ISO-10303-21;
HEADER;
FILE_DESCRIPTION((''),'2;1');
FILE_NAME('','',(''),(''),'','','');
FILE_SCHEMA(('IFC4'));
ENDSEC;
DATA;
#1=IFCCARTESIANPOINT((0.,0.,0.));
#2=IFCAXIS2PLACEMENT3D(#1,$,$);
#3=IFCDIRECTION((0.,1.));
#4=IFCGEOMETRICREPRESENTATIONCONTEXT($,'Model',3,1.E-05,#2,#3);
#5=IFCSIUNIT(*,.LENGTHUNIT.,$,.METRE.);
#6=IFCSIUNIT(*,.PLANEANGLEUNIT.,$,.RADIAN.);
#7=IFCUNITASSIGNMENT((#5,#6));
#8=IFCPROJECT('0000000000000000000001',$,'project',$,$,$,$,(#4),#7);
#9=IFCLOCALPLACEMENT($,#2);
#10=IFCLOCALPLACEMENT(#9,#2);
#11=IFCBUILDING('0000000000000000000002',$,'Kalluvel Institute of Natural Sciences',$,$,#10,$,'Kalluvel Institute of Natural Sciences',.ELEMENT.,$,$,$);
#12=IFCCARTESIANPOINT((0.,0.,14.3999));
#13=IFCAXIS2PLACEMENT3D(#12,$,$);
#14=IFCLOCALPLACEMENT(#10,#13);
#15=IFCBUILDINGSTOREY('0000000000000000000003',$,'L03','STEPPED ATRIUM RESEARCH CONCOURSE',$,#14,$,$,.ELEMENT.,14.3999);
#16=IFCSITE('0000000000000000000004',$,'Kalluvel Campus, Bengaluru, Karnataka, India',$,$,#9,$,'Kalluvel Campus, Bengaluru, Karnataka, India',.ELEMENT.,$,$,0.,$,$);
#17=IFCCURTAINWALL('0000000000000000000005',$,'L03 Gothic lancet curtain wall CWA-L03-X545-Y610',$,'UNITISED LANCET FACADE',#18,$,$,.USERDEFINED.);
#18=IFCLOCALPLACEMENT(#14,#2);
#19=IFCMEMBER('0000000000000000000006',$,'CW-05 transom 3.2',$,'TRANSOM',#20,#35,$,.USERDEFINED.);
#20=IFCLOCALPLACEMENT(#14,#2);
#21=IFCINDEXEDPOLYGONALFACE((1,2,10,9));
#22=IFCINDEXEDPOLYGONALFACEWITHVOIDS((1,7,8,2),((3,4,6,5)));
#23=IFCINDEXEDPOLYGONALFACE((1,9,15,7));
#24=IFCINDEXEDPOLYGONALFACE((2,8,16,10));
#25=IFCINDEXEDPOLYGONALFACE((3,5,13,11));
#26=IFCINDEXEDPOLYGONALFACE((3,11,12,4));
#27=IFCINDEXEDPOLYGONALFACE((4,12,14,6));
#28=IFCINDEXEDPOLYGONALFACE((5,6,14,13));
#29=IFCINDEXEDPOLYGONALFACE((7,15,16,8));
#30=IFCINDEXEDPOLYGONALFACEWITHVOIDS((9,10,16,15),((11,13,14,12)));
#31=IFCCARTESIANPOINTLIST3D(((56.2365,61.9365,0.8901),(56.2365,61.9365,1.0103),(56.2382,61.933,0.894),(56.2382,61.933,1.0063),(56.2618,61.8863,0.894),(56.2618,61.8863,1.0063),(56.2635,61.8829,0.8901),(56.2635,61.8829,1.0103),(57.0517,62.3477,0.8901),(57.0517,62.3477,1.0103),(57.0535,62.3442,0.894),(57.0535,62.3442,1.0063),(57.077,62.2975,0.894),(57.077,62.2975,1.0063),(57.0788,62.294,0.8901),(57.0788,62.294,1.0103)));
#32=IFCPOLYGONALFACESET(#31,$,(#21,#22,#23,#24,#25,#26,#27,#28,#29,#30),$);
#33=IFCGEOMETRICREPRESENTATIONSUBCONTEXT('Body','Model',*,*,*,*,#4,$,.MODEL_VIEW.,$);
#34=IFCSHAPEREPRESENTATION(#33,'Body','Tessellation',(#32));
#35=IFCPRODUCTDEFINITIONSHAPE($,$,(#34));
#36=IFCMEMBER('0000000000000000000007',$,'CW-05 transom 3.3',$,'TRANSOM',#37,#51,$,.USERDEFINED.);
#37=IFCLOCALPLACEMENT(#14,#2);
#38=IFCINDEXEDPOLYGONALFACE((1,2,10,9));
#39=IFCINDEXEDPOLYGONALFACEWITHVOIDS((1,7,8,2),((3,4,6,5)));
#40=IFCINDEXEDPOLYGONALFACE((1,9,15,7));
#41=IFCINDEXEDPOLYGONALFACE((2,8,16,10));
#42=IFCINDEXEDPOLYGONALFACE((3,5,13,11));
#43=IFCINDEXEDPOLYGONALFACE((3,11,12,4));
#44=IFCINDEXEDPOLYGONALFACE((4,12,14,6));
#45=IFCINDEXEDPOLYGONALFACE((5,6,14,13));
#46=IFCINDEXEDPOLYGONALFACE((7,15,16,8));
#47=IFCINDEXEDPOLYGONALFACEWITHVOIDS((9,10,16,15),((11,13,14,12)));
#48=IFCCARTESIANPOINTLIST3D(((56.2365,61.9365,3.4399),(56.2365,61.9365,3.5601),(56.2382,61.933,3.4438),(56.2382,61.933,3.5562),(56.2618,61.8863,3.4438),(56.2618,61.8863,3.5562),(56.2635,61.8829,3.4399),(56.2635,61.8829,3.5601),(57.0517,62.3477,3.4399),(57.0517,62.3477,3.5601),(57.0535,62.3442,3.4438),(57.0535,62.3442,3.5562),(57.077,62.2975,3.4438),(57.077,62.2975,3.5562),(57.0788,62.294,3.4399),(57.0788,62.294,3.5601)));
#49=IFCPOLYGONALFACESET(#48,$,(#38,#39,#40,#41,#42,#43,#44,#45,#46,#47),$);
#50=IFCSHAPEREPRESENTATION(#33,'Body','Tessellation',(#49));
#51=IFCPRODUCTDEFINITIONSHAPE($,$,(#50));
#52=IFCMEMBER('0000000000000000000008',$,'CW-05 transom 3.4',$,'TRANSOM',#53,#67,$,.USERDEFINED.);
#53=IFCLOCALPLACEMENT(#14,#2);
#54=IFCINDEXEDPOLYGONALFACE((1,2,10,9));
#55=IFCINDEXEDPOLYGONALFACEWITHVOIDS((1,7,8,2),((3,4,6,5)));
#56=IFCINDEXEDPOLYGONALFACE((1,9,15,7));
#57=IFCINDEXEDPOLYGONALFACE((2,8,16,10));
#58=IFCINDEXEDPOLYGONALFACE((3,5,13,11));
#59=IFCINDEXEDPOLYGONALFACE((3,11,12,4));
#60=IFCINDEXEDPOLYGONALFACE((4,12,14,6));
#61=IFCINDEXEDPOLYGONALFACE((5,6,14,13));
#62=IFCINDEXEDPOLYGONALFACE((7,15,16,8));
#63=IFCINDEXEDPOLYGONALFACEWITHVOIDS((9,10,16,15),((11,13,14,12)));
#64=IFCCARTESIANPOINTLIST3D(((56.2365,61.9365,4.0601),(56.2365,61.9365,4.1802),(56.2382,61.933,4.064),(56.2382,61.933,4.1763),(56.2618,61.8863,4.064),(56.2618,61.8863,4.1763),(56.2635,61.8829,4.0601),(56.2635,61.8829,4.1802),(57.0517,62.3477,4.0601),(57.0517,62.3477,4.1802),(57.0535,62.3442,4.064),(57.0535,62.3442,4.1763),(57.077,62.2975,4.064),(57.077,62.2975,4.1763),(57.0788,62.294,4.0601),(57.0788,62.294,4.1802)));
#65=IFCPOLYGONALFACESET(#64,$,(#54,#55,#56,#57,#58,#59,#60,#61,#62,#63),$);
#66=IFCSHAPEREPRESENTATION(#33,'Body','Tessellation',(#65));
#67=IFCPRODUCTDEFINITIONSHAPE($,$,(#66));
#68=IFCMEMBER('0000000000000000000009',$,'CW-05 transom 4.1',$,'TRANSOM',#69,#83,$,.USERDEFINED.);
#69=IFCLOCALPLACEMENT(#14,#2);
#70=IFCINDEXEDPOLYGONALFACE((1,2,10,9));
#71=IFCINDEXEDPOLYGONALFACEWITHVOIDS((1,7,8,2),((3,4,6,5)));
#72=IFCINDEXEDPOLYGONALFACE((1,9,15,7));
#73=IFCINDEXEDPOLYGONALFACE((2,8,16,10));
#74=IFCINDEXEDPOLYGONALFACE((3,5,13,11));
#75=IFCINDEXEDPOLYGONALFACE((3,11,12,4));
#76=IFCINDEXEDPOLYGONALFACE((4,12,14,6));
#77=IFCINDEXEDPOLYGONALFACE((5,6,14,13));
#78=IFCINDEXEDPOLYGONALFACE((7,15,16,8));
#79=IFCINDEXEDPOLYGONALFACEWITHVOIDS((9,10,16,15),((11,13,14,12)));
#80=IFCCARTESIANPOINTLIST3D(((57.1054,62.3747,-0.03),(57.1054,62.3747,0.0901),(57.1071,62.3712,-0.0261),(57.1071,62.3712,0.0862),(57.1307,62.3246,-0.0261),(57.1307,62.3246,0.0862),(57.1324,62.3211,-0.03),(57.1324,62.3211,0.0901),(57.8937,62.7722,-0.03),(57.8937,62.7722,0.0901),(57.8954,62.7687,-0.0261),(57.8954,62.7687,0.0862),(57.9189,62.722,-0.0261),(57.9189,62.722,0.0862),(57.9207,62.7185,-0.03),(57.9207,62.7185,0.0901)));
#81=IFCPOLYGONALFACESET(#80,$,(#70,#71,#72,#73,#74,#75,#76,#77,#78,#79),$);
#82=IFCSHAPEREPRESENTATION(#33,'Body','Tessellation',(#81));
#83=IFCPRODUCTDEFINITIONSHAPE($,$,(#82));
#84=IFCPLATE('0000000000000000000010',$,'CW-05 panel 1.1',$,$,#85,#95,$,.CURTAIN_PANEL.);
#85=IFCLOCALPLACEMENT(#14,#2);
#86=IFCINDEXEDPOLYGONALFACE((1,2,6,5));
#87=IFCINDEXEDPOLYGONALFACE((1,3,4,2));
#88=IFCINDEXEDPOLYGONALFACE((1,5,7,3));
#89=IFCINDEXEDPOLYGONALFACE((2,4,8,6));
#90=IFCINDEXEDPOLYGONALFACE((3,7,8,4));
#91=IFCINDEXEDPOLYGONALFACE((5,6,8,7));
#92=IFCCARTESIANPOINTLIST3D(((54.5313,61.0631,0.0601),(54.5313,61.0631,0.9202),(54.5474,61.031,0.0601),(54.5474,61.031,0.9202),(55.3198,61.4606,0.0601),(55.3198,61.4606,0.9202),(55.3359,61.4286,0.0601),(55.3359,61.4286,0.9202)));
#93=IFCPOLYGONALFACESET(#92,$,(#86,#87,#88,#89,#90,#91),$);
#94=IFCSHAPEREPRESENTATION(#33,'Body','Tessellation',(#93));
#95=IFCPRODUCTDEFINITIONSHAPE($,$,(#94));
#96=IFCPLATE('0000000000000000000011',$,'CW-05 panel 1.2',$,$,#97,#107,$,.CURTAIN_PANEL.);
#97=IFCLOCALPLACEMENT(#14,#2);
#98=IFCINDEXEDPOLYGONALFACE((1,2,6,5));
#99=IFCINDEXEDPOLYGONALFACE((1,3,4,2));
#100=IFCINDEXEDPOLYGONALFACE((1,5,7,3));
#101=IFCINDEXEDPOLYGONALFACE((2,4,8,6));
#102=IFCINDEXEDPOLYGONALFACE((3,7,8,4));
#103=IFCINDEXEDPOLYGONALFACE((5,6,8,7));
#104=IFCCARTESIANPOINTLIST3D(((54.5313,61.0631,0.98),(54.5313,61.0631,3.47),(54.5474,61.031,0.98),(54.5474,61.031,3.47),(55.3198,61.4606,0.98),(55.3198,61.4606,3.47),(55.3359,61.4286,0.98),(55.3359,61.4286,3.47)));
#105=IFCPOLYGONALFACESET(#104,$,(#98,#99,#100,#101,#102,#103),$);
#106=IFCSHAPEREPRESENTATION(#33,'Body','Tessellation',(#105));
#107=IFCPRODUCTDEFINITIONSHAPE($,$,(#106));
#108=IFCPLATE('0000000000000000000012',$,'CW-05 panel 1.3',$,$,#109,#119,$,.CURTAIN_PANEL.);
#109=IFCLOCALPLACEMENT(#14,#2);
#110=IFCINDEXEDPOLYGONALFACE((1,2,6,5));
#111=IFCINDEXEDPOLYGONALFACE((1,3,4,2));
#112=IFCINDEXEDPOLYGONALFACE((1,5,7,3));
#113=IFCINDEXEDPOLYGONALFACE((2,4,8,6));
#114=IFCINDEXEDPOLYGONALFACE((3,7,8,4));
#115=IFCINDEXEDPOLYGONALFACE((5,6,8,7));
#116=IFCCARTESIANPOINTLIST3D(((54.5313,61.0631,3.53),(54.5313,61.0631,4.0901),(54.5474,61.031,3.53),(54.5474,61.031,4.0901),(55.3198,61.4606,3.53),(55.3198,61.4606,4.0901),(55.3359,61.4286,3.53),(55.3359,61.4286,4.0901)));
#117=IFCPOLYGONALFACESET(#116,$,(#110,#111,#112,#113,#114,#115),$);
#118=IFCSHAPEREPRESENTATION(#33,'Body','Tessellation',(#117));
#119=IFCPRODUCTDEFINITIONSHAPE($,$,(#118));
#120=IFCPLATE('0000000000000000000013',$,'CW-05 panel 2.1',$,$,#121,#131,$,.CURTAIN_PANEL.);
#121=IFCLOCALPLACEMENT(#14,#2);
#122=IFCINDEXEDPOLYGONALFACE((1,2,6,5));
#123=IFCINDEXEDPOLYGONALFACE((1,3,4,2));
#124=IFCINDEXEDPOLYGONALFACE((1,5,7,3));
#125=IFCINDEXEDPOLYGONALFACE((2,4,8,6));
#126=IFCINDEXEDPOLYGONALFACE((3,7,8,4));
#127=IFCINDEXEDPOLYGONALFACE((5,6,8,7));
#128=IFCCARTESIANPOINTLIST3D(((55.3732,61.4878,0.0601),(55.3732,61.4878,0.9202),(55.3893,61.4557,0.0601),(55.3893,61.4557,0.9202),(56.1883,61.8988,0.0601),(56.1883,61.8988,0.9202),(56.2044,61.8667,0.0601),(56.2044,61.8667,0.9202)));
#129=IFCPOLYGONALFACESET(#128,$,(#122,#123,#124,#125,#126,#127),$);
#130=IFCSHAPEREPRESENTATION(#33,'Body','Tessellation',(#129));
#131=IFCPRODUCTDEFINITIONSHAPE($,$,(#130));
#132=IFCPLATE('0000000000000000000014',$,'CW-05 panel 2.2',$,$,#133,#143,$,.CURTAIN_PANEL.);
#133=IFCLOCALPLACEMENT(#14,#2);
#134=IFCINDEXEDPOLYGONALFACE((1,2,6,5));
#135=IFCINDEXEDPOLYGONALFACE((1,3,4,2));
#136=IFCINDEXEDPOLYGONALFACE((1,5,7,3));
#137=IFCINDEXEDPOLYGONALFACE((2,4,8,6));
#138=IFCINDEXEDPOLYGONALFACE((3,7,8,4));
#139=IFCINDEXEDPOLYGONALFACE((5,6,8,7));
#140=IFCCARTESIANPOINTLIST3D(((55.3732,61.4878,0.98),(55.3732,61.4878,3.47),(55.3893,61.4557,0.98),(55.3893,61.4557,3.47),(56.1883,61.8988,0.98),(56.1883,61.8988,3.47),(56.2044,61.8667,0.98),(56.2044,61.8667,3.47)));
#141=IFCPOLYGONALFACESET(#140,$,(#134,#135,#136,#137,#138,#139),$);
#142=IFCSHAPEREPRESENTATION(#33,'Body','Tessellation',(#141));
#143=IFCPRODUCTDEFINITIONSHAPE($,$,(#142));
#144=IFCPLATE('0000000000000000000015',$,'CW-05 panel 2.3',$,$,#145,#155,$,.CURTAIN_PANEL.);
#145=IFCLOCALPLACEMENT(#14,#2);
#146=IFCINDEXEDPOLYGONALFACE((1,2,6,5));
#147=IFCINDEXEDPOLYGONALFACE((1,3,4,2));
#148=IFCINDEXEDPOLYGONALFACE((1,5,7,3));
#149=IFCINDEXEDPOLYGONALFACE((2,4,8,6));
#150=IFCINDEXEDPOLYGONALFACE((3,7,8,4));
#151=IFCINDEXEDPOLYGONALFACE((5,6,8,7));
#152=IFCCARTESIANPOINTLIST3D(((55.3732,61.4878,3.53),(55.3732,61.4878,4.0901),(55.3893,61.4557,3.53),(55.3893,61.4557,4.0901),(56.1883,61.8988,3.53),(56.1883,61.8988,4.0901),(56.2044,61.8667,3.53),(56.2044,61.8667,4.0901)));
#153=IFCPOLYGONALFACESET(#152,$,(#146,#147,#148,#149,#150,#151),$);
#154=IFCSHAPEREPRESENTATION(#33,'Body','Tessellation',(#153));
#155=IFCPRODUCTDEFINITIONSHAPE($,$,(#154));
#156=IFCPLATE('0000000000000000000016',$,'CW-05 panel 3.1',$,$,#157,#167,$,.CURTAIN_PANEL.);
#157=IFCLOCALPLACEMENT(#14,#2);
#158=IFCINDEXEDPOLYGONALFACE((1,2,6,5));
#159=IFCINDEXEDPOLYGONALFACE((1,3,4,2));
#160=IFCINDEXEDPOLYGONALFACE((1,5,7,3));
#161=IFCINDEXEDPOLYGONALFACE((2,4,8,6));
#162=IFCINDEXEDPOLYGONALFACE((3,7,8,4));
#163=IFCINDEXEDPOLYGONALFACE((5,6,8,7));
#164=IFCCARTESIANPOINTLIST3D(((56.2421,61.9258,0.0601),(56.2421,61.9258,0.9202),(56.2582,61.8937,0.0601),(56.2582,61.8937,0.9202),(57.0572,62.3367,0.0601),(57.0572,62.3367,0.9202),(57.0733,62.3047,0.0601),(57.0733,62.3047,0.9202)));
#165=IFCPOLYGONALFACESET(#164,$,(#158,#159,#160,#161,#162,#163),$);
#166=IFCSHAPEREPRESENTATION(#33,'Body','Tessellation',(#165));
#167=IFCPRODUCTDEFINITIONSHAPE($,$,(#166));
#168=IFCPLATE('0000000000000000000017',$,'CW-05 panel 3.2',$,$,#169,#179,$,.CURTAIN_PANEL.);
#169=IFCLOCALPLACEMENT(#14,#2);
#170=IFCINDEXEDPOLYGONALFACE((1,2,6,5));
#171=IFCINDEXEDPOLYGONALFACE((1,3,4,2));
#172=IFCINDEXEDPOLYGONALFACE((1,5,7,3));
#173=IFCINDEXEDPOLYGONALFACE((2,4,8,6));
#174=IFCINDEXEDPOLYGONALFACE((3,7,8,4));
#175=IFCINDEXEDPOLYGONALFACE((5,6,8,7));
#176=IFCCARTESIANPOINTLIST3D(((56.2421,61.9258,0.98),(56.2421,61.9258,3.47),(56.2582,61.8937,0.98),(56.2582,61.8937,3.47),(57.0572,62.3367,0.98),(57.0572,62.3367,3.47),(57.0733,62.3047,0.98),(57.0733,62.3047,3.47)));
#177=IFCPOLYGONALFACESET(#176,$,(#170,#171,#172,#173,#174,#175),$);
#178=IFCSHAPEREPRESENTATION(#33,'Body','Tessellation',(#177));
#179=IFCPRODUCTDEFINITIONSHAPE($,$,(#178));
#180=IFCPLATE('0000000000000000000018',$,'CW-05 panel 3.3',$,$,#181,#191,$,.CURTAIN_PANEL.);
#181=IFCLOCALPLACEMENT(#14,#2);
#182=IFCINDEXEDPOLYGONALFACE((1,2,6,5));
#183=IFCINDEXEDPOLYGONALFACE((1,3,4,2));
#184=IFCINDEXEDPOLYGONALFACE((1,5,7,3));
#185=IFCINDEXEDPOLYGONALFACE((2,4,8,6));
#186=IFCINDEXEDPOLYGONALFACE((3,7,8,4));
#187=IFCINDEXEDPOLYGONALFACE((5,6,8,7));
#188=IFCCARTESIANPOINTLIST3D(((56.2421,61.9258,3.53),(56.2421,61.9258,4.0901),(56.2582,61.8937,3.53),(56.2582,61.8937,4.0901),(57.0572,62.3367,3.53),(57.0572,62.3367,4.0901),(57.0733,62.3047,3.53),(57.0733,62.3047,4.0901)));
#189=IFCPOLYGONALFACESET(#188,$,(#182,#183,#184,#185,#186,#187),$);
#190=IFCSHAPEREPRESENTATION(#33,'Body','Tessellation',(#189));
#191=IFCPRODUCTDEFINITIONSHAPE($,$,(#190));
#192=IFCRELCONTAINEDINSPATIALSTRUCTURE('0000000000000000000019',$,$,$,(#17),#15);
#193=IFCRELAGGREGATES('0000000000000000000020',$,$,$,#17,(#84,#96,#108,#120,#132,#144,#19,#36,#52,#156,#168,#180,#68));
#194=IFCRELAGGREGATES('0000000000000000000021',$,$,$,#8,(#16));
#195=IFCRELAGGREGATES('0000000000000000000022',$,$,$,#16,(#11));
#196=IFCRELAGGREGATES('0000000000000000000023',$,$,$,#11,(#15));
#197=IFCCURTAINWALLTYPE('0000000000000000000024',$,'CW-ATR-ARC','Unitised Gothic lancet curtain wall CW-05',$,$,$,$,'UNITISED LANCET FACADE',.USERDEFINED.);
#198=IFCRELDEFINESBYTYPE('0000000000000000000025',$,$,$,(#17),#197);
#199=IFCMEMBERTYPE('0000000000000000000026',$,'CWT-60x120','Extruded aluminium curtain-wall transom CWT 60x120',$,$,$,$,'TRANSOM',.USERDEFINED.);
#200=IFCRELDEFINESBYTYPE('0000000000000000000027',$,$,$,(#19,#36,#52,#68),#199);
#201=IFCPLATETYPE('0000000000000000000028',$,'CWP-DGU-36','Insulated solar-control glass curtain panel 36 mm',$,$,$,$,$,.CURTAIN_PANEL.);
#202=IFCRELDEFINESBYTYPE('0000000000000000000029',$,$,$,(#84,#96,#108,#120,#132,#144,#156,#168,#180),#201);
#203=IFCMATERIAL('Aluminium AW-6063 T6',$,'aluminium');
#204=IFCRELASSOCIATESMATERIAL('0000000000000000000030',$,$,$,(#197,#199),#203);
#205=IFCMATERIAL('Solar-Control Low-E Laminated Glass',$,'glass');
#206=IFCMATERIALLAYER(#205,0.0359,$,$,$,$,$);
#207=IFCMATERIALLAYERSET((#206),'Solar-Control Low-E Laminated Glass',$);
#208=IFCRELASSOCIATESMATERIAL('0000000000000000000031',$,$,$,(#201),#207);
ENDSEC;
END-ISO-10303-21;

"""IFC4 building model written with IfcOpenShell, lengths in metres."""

from ifc_helpers import new_model, si_unit, direction, frame, origin, origin_2d, place, context, subcontext, project, spatial, rectangle, hollow_rectangle, extrude, material, layer, layer_set, material_profile, profile_set, type_object, element, aggregate, save


model = new_model("IFC4")

# Units and contexts
model_context = context("Model", 3, precision=1e-05, world=origin(), true_north=direction((0.0, 1.0)))
body_context = subcontext(model_context, "Body", "Model", "MODEL_VIEW")
ifc_project = project(units=[si_unit("LENGTHUNIT", "METRE"), si_unit("PLANEANGLEUNIT", "RADIAN")], contexts=[model_context])

# Site, building, storey
site_placement = place(None, origin())
site = spatial("IfcSite", under=ifc_project, at=site_placement, Name="Kalluvel Campus, Bengaluru, Karnataka, India", LongName="Kalluvel Campus, Bengaluru, Karnataka, India", CompositionType="ELEMENT", RefElevation=0.0)
building_placement = place(site_placement, origin())
building = spatial("IfcBuilding", under=site, at=building_placement, Name="Kalluvel Institute of Natural Sciences", LongName="Kalluvel Institute of Natural Sciences", CompositionType="ELEMENT")
storey_placement = place(building_placement, frame((0.0, 0.0, 14.3999)))
storey = spatial("IfcBuildingStorey", under=building, at=storey_placement, Name="L03", Description="STEPPED ATRIUM RESEARCH CONCOURSE", CompositionType="ELEMENT", Elevation=14.3999)

# Curtain wall, members, plates
ifc_material_1 = material(Name="Aluminium AW-6063 T6", Category="aluminium")
curtain_wall_type = type_object("IfcCurtainWallType", Name="CW-ATR-ARC", Description="Unitised Gothic lancet curtain wall CW-05", ElementType="UNITISED LANCET FACADE", PredefinedType="USERDEFINED", material=ifc_material_1)
curtain_wall_placement = place(storey_placement, origin())
curtain_wall = element("IfcCurtainWall", 1, at=curtain_wall_placement, inside=storey, type_object=curtain_wall_type, Name="L03 Gothic lancet curtain wall CWA-L03-X545-Y610", ObjectType="UNITISED LANCET FACADE", PredefinedType="USERDEFINED")
ifc_material_profile_1 = material_profile(ifc_material_1, hollow_rectangle(XDim=0.0601, YDim=0.1201, WallThickness=0.0039, at=origin_2d()), Name="CWT 60x120")
ifc_profile_set_1 = profile_set([ifc_material_profile_1], Name="Aluminium AW-6063 T6")
member_type_1 = type_object("IfcMemberType", Name="CWT-60x120", Description="Extruded aluminium curtain-wall transom CWT 60x120", ElementType="TRANSOM", PredefinedType="USERDEFINED", material=ifc_profile_set_1)
member_1_placement = place(storey_placement, frame((56.25, 61.9097, 0.9502), z_axis=(0.892871, 0.450313, 0.0), x_axis=(-0.450313, 0.892871, 0.0)))
member_1 = element("IfcMember", 2, at=member_1_placement, type_object=member_type_1, Name="CW-05 transom 3.2", ObjectType="TRANSOM", PredefinedType="USERDEFINED", context=body_context, shape_type="SweptSolid", body=[
    extrude(hollow_rectangle(XDim=0.0601, YDim=0.1201, WallThickness=0.0039, at=origin_2d()), origin(), (0.0, 0.0, 1.0), 0.9131),
])
member_2_placement = place(storey_placement, frame((56.25, 61.9097, 3.5), z_axis=(0.892871, 0.450313, 0.0), x_axis=(-0.450313, 0.892871, 0.0)))
member_2 = element("IfcMember", 3, at=member_2_placement, type_object=member_type_1, Name="CW-05 transom 3.3", ObjectType="TRANSOM", PredefinedType="USERDEFINED", context=body_context, shape_type="SweptSolid", body=[
    extrude(hollow_rectangle(XDim=0.0601, YDim=0.1201, WallThickness=0.0039, at=origin_2d()), origin(), (0.0, 0.0, 1.0), 0.9131),
])
member_3_placement = place(storey_placement, frame((56.25, 61.9097, 4.1201), z_axis=(0.892871, 0.450313, 0.0), x_axis=(-0.450313, 0.892871, 0.0)))
member_3 = element("IfcMember", 4, at=member_3_placement, type_object=member_type_1, Name="CW-05 transom 3.4", ObjectType="TRANSOM", PredefinedType="USERDEFINED", context=body_context, shape_type="SweptSolid", body=[
    extrude(hollow_rectangle(XDim=0.0601, YDim=0.1201, WallThickness=0.0039, at=origin_2d()), origin(), (0.0, 0.0, 1.0), 0.9131),
])
member_4_placement = place(storey_placement, frame((57.1189, 62.3479, 0.03), z_axis=(0.892929, 0.450198, 0.0), x_axis=(-0.450198, 0.892929, 0.0)))
member_4 = element("IfcMember", 5, at=member_4_placement, type_object=member_type_1, Name="CW-05 transom 4.1", ObjectType="TRANSOM", PredefinedType="USERDEFINED", context=body_context, shape_type="SweptSolid", body=[
    extrude(hollow_rectangle(XDim=0.0601, YDim=0.1201, WallThickness=0.0039, at=origin_2d()), origin(), (0.0, 0.0, 1.0), 0.8828),
])
ifc_material_2 = material(Name="Solar-Control Low-E Laminated Glass", Category="glass")
ifc_layer_1 = layer(ifc_material_2, 0.0359)
ifc_layer_set_1 = layer_set([ifc_layer_1], Name="Solar-Control Low-E Laminated Glass")
plate_type = type_object("IfcPlateType", Name="CWP-DGU-36", Description="Insulated solar-control glass curtain panel 36 mm", PredefinedType="CURTAIN_PANEL", material=ifc_layer_set_1)
plate_1_placement = place(storey_placement, frame((54.9336, 61.2458, 0.0601), z_axis=(0.0, 0.0, 1.0), x_axis=(0.892927, 0.450202, 0.0)))
plate_1 = element("IfcPlate", 6, at=plate_1_placement, type_object=plate_type, Name="CW-05 panel 1.1", PredefinedType="CURTAIN_PANEL", context=body_context, shape_type="SweptSolid", body=[
    extrude(rectangle(XDim=0.8831, YDim=0.0359, at=origin_2d()), origin(), (0.0, 0.0, 1.0), 0.8601),
])
plate_2_placement = place(storey_placement, frame((54.9336, 61.2458, 0.98), z_axis=(0.0, 0.0, 1.0), x_axis=(0.892927, 0.450202, 0.0)))
plate_2 = element("IfcPlate", 7, at=plate_2_placement, type_object=plate_type, Name="CW-05 panel 1.2", PredefinedType="CURTAIN_PANEL", context=body_context, shape_type="SweptSolid", body=[
    extrude(rectangle(XDim=0.8831, YDim=0.0359, at=origin_2d()), origin(), (0.0, 0.0, 1.0), 2.49),
])
plate_3_placement = place(storey_placement, frame((54.9336, 61.2458, 3.53), z_axis=(0.0, 0.0, 1.0), x_axis=(0.892927, 0.450202, 0.0)))
plate_3 = element("IfcPlate", 8, at=plate_3_placement, type_object=plate_type, Name="CW-05 panel 1.3", PredefinedType="CURTAIN_PANEL", context=body_context, shape_type="SweptSolid", body=[
    extrude(rectangle(XDim=0.8831, YDim=0.0359, at=origin_2d()), origin(), (0.0, 0.0, 1.0), 0.5601),
])
plate_4_placement = place(storey_placement, frame((55.7888, 61.6772, 0.0601), z_axis=(0.0, 0.0, 1.0), x_axis=(0.892927, 0.450202, 0.0)))
plate_4 = element("IfcPlate", 9, at=plate_4_placement, type_object=plate_type, Name="CW-05 panel 2.1", PredefinedType="CURTAIN_PANEL", context=body_context, shape_type="SweptSolid", body=[
    extrude(rectangle(XDim=0.9128, YDim=0.0359, at=origin_2d()), origin(), (0.0, 0.0, 1.0), 0.8601),
])
plate_5_placement = place(storey_placement, frame((55.7888, 61.6772, 0.98), z_axis=(0.0, 0.0, 1.0), x_axis=(0.892927, 0.450202, 0.0)))
plate_5 = element("IfcPlate", 10, at=plate_5_placement, type_object=plate_type, Name="CW-05 panel 2.2", PredefinedType="CURTAIN_PANEL", context=body_context, shape_type="SweptSolid", body=[
    extrude(rectangle(XDim=0.9128, YDim=0.0359, at=origin_2d()), origin(), (0.0, 0.0, 1.0), 2.49),
])
plate_6_placement = place(storey_placement, frame((55.7888, 61.6772, 3.53), z_axis=(0.0, 0.0, 1.0), x_axis=(0.892927, 0.450202, 0.0)))
plate_6 = element("IfcPlate", 11, at=plate_6_placement, type_object=plate_type, Name="CW-05 panel 2.3", PredefinedType="CURTAIN_PANEL", context=body_context, shape_type="SweptSolid", body=[
    extrude(rectangle(XDim=0.9128, YDim=0.0359, at=origin_2d()), origin(), (0.0, 0.0, 1.0), 0.5601),
])
plate_7_placement = place(storey_placement, frame((56.6577, 62.1152, 0.0601), z_axis=(0.0, 0.0, 1.0), x_axis=(0.892927, 0.450202, 0.0)))
plate_7 = element("IfcPlate", 12, at=plate_7_placement, type_object=plate_type, Name="CW-05 panel 3.1", PredefinedType="CURTAIN_PANEL", context=body_context, shape_type="SweptSolid", body=[
    extrude(rectangle(XDim=0.9128, YDim=0.0359, at=origin_2d()), origin(), (0.0, 0.0, 1.0), 0.8601),
])
plate_8_placement = place(storey_placement, frame((56.6577, 62.1152, 0.98), z_axis=(0.0, 0.0, 1.0), x_axis=(0.892927, 0.450202, 0.0)))
plate_8 = element("IfcPlate", 13, at=plate_8_placement, type_object=plate_type, Name="CW-05 panel 3.2", PredefinedType="CURTAIN_PANEL", context=body_context, shape_type="SweptSolid", body=[
    extrude(rectangle(XDim=0.9128, YDim=0.0359, at=origin_2d()), origin(), (0.0, 0.0, 1.0), 2.49),
])
plate_9_placement = place(storey_placement, frame((56.6577, 62.1152, 3.53), z_axis=(0.0, 0.0, 1.0), x_axis=(0.892927, 0.450202, 0.0)))
plate_9 = element("IfcPlate", 14, at=plate_9_placement, type_object=plate_type, Name="CW-05 panel 3.3", PredefinedType="CURTAIN_PANEL", context=body_context, shape_type="SweptSolid", body=[
    extrude(rectangle(XDim=0.9128, YDim=0.0359, at=origin_2d()), origin(), (0.0, 0.0, 1.0), 0.5601),
])
aggregate(curtain_wall, [plate_1, plate_2, plate_3, plate_4, plate_5, plate_6, member_1, member_2, member_3, plate_7, plate_8, plate_9, member_4])

save(model, "model.ifc")
